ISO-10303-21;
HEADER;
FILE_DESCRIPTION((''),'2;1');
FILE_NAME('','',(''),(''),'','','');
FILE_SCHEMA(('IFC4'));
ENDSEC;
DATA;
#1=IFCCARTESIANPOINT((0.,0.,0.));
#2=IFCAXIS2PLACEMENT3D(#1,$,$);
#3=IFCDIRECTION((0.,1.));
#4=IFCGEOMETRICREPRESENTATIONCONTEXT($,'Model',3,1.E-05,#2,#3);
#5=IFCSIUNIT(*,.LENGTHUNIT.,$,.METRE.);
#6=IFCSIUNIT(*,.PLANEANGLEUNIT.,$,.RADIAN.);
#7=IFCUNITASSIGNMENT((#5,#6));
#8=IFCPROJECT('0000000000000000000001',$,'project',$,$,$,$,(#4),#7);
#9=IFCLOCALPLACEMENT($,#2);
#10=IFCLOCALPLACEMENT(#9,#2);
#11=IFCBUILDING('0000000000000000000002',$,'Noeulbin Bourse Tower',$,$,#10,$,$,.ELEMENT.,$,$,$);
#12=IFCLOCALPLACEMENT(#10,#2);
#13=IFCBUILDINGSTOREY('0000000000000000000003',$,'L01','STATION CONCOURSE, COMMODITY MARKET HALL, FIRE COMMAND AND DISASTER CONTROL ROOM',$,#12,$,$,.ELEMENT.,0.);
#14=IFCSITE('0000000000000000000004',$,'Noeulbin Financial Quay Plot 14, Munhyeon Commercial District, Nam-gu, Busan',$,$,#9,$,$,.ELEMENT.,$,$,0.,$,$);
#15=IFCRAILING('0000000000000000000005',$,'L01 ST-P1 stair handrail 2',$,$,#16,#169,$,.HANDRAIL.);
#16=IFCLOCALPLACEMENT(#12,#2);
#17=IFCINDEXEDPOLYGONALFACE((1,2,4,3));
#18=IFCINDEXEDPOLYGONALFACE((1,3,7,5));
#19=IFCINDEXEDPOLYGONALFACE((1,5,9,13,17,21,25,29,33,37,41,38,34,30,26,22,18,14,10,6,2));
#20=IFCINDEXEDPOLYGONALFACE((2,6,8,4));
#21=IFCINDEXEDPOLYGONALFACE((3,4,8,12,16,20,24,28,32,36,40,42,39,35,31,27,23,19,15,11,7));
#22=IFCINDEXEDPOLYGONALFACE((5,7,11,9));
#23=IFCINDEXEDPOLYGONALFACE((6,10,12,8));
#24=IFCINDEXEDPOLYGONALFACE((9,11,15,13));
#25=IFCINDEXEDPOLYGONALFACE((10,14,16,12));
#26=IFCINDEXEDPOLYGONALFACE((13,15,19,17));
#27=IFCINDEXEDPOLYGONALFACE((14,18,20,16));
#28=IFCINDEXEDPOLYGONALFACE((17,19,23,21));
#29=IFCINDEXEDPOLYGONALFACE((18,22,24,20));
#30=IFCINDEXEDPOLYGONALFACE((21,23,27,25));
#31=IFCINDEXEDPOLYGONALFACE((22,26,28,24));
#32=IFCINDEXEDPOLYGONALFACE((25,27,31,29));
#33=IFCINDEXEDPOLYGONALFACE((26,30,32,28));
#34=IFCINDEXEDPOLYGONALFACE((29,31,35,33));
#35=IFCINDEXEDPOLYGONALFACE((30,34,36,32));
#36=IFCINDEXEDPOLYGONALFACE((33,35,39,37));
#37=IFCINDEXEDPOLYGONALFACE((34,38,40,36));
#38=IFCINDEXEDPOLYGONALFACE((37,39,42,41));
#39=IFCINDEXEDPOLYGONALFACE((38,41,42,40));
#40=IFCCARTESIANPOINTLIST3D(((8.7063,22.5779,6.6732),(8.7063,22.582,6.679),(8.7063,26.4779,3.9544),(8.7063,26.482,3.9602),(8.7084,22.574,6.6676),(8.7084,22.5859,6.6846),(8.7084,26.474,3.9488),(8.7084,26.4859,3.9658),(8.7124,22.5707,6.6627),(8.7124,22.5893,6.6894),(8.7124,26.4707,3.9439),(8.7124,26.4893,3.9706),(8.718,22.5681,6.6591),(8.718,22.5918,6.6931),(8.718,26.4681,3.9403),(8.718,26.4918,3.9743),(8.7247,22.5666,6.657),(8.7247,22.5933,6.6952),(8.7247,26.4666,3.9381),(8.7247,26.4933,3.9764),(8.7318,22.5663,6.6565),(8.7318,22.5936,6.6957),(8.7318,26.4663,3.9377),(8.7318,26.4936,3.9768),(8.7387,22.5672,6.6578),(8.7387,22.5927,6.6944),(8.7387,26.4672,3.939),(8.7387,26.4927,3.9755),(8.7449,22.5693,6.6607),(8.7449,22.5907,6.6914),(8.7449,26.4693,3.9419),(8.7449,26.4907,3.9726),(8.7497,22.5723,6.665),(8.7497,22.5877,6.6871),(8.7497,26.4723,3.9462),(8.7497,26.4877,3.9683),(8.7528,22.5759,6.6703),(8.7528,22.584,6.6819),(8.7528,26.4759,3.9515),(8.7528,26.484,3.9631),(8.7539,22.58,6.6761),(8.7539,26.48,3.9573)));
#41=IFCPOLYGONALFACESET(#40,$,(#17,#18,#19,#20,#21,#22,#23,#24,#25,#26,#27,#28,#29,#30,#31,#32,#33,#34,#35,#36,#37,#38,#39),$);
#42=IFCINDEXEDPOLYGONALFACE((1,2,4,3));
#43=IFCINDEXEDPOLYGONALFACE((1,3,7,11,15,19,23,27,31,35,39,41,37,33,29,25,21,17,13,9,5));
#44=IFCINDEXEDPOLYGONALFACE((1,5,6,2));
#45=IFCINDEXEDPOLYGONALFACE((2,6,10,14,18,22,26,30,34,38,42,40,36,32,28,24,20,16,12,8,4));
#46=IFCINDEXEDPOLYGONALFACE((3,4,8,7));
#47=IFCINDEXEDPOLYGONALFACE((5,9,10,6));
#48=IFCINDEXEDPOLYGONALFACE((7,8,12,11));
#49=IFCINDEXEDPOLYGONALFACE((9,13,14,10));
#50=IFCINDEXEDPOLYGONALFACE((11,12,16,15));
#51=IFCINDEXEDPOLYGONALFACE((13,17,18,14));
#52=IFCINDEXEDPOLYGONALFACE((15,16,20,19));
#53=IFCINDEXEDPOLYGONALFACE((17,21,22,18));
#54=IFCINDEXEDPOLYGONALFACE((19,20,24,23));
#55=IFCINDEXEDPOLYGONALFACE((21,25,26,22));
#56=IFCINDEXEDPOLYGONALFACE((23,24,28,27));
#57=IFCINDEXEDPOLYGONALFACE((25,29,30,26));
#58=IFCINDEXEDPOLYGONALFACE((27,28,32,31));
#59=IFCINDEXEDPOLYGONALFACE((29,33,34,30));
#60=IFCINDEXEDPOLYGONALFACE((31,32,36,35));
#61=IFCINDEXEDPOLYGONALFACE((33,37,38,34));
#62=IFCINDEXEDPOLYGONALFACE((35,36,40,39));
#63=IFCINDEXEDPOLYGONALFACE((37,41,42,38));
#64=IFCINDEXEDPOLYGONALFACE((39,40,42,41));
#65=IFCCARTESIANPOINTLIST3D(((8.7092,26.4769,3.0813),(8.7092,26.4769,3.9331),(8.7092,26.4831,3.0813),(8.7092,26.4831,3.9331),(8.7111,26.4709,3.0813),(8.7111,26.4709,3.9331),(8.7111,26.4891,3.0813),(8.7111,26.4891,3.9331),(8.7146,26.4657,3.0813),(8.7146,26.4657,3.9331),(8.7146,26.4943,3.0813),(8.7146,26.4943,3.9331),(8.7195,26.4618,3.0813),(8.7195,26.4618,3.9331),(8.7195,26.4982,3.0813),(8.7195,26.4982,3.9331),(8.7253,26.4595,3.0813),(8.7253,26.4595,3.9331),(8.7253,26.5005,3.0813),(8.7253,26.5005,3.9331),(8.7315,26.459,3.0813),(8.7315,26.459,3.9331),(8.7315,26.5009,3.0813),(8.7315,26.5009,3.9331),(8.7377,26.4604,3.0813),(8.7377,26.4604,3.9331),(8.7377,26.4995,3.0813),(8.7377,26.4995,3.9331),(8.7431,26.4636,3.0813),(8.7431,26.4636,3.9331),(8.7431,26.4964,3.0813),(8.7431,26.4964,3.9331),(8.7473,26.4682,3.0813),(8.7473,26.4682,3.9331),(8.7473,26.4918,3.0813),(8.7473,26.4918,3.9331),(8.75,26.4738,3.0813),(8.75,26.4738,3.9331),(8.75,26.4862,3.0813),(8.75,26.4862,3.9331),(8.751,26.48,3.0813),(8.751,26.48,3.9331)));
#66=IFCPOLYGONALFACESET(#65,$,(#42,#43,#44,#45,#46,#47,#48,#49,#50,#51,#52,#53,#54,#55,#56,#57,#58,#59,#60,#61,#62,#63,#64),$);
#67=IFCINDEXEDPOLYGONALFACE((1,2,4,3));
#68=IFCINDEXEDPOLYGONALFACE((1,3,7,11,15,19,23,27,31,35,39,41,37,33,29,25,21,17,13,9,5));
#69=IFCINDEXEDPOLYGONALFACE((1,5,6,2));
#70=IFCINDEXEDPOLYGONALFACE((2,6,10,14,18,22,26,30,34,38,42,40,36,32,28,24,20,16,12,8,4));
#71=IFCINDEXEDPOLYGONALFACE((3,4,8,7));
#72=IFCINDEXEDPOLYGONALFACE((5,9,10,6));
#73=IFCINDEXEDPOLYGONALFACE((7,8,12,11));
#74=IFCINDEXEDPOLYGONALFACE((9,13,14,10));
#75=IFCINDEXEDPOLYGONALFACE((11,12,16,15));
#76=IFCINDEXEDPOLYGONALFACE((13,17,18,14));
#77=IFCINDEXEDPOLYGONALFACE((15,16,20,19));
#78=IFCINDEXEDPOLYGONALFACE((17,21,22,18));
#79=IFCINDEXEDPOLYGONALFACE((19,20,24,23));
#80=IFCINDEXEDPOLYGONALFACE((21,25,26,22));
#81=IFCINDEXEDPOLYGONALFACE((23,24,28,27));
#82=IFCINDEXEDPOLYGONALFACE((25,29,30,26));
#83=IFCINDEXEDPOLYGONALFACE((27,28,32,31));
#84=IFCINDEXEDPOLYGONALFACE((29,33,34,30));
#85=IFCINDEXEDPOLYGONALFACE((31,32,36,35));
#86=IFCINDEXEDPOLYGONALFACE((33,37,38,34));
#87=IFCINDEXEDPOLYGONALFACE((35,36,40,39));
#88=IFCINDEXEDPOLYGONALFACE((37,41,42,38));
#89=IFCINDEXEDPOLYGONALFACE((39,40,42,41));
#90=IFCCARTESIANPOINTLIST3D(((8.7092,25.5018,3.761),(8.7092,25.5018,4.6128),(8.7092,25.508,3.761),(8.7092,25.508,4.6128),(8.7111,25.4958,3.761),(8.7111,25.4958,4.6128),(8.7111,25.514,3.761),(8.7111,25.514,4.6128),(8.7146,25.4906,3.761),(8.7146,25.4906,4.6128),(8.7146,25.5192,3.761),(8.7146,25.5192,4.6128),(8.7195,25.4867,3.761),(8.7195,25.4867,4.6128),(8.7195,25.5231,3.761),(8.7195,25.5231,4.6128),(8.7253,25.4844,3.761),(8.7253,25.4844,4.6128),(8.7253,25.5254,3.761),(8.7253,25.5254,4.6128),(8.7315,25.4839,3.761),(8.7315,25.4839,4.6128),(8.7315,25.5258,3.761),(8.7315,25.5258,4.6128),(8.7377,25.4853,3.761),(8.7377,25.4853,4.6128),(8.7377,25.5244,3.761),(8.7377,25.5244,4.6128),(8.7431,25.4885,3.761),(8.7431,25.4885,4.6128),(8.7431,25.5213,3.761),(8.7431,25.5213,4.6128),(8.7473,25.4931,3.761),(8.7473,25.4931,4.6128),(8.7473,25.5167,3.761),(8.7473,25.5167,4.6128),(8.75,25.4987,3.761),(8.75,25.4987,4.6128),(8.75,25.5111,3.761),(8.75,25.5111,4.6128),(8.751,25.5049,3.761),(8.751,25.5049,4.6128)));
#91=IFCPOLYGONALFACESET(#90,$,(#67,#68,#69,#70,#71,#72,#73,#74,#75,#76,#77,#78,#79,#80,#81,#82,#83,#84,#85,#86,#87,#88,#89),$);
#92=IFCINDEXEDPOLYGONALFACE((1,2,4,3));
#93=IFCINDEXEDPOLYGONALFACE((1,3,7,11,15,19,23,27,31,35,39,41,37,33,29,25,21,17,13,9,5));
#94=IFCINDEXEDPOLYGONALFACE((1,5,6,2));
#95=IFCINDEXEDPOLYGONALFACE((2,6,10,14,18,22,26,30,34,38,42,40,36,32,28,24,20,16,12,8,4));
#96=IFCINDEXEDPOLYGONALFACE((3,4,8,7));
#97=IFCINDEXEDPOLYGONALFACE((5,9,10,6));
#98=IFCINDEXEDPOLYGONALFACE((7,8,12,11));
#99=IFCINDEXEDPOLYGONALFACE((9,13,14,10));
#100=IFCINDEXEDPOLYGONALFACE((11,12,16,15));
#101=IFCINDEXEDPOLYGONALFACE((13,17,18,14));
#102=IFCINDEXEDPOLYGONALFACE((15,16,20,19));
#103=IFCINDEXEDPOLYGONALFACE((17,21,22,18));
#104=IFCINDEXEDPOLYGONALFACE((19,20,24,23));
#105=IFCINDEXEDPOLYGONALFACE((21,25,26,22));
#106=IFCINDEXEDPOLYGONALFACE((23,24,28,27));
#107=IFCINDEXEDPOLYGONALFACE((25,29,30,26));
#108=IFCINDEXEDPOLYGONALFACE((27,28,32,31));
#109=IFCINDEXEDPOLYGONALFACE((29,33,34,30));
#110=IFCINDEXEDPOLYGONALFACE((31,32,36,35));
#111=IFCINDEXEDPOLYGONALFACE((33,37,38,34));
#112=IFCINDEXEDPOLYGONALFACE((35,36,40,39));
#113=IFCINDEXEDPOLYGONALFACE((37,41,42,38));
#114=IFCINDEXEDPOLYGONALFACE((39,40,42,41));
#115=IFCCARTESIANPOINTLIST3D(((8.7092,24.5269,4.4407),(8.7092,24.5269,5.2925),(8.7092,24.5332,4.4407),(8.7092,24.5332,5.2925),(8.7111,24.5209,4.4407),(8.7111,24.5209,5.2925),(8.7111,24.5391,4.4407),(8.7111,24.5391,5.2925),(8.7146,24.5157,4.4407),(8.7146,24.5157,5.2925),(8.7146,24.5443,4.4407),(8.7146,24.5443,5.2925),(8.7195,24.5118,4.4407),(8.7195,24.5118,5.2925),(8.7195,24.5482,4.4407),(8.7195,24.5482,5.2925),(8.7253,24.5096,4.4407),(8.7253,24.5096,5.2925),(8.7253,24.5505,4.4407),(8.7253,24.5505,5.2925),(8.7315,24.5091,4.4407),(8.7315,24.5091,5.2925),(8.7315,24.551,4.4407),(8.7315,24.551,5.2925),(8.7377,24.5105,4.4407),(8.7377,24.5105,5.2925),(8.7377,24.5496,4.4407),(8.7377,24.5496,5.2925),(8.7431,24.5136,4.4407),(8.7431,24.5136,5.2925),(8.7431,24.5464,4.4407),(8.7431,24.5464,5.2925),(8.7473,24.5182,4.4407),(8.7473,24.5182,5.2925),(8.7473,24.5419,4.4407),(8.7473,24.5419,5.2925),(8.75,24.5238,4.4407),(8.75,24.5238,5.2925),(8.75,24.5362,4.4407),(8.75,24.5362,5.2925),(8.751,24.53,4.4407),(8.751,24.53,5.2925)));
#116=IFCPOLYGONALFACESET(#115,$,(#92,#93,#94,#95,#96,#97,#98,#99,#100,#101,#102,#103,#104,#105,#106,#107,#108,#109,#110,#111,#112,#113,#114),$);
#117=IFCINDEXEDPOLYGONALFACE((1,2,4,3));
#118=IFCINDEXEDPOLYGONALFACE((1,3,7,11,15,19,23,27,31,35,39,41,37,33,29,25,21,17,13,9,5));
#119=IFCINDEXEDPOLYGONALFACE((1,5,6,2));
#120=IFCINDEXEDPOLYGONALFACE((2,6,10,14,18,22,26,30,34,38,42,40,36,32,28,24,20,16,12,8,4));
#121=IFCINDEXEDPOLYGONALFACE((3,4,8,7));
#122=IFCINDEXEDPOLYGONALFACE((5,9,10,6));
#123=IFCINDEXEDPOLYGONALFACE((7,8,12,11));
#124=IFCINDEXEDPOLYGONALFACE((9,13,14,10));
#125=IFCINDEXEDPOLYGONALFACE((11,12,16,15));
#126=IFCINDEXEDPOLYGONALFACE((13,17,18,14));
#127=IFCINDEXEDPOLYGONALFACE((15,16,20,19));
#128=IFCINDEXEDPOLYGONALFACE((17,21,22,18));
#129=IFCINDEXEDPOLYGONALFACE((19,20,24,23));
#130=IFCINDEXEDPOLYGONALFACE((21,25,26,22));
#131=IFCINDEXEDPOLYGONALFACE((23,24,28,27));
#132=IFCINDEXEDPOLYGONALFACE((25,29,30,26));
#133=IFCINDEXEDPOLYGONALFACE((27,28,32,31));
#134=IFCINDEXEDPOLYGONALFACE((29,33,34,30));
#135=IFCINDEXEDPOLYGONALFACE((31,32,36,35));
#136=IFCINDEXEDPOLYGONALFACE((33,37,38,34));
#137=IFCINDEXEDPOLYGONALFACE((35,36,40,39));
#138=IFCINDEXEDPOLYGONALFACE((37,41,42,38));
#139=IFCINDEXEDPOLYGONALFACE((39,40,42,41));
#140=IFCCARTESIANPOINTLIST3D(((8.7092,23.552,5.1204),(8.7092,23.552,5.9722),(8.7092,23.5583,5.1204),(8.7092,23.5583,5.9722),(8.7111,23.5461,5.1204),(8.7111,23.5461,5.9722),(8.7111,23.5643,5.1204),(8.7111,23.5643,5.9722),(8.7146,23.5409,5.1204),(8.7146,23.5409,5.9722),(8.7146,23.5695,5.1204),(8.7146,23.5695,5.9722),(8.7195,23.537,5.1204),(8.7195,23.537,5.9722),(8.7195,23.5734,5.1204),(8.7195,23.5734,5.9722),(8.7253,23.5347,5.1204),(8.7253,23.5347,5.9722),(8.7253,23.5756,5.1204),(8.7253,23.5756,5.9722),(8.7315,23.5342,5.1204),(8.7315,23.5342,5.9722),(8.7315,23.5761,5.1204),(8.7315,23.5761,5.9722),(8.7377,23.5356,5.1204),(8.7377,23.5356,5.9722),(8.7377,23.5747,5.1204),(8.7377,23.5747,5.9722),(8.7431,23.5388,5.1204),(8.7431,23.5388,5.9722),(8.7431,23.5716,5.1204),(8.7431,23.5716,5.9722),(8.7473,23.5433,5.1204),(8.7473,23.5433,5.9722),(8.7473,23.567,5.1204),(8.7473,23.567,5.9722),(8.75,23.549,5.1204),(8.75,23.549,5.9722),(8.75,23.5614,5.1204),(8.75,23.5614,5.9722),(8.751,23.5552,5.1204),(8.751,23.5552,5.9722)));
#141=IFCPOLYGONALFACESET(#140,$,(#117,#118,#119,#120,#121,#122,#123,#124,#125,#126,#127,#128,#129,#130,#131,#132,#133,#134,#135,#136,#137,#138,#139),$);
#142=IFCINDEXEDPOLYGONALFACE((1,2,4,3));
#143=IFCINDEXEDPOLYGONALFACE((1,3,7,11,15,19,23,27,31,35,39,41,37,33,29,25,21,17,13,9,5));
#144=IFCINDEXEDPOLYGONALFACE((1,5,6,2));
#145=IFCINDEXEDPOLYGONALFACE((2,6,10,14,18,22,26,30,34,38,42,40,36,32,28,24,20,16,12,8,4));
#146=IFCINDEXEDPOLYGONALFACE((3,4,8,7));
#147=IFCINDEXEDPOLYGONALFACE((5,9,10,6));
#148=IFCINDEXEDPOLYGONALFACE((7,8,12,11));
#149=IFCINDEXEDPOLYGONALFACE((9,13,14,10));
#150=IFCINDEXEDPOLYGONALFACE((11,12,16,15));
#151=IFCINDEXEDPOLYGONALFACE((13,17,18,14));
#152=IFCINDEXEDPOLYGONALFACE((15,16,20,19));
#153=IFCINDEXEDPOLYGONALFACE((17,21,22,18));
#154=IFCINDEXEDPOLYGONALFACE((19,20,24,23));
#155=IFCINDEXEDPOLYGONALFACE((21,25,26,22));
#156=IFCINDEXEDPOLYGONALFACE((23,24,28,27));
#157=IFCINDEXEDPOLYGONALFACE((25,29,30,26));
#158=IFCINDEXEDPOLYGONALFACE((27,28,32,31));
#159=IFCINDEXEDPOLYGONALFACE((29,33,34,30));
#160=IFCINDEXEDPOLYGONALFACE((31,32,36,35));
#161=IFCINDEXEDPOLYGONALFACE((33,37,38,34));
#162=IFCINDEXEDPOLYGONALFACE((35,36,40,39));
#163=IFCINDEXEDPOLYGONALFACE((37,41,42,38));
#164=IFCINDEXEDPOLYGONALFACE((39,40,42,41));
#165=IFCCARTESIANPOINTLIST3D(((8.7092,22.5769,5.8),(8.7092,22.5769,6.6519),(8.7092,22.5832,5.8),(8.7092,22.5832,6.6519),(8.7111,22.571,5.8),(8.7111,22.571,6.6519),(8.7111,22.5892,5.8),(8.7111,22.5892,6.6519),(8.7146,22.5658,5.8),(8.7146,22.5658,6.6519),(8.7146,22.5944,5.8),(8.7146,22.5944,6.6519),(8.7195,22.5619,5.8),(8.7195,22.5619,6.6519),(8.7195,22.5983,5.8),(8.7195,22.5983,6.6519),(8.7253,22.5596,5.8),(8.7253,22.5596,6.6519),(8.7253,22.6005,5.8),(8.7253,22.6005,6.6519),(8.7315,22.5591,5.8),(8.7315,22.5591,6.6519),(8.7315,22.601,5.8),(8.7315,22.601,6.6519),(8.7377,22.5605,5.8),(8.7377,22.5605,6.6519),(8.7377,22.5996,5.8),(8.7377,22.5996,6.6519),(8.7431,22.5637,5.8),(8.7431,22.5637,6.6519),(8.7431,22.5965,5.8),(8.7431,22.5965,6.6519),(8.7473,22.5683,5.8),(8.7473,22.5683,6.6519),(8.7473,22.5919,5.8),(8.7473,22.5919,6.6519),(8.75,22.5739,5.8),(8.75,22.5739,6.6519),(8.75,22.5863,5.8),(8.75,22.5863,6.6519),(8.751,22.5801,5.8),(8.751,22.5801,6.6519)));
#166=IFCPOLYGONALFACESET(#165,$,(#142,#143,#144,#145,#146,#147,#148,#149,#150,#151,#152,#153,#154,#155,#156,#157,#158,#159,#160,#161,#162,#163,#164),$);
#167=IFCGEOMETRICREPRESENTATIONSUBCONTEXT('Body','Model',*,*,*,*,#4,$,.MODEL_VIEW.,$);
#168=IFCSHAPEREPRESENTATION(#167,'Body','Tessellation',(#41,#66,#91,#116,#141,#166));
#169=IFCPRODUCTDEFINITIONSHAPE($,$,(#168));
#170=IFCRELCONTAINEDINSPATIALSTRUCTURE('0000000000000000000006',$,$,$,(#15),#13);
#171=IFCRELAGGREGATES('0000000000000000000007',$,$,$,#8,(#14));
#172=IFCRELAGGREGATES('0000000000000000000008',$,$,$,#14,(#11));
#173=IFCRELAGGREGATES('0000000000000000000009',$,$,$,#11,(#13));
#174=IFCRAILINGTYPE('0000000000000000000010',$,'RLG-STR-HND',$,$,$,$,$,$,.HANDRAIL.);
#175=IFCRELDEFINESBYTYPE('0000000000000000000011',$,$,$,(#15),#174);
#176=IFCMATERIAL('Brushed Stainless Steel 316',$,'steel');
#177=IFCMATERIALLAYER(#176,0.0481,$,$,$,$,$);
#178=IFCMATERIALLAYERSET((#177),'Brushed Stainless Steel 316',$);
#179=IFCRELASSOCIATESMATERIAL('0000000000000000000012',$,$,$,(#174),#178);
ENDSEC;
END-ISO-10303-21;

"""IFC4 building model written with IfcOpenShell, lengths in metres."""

from ifc_helpers import new_model, si_unit, direction, frame, origin, origin_2d, place, context, subcontext, project, spatial, circle, extrude, material, layer, layer_set, type_object, element, save


model = new_model("IFC4")

# Units and contexts
model_context = context("Model", 3, precision=1e-05, world=origin(), true_north=direction((0.0, 1.0)))
body_context = subcontext(model_context, "Body", "Model", "MODEL_VIEW")
ifc_project = project(units=[si_unit("LENGTHUNIT", "METRE"), si_unit("PLANEANGLEUNIT", "RADIAN")], contexts=[model_context])

# Site, building, storey
site_placement = place(None, origin())
site = spatial("IfcSite", under=ifc_project, at=site_placement, Name="Noeulbin Financial Quay Plot 14, Munhyeon Commercial District, Nam-gu, Busan", CompositionType="ELEMENT", RefElevation=0.0)
building_placement = place(site_placement, origin())
building = spatial("IfcBuilding", under=site, at=building_placement, Name="Noeulbin Bourse Tower", CompositionType="ELEMENT")
storey_placement = place(building_placement, origin())
storey = spatial("IfcBuildingStorey", under=building, at=storey_placement, Name="L01", Description="STATION CONCOURSE, COMMODITY MARKET HALL, FIRE COMMAND AND DISASTER CONTROL ROOM", CompositionType="ELEMENT", Elevation=0.0)

# Railing
ifc_material_1 = material(Name="Brushed Stainless Steel 316", Category="steel")
ifc_layer_1 = layer(ifc_material_1, 0.0481)
ifc_layer_set_1 = layer_set([ifc_layer_1], Name="Brushed Stainless Steel 316")
railing_type_1 = type_object("IfcRailingType", Name="RLG-STR-HND", PredefinedType="HANDRAIL", material=ifc_layer_set_1)
railing_1_placement = place(storey_placement, frame((8.73, 26.48, 3.0813)))
element("IfcRailing", 1, at=railing_1_placement, inside=storey, type_object=railing_type_1, Name="L01 ST-P1 stair handrail 2", PredefinedType="HANDRAIL", context=body_context, shape_type="SweptSolid", body=[
    extrude(circle(Radius=0.0239, at=origin_2d()), frame((0.0, 0.0, 0.876), z_axis=(0.0, -0.820335, 0.571883), x_axis=(1.0, 0.0, 0.0)), (0.0, 0.0, 1.0), 4.7542),
    extrude(circle(Radius=0.021, at=origin_2d()), origin(), (0.0, 0.0, 1.0), 0.8518),
    extrude(circle(Radius=0.021, at=origin_2d()), frame((0.0, -0.9751, 0.6797)), (0.0, 0.0, 1.0), 0.8518),
    extrude(circle(Radius=0.021, at=origin_2d()), frame((0.0, -1.95, 1.3594)), (0.0, 0.0, 1.0), 0.8518),
    extrude(circle(Radius=0.021, at=origin_2d()), frame((0.0, -2.9248, 2.0391)), (0.0, 0.0, 1.0), 0.8518),
    extrude(circle(Radius=0.021, at=origin_2d()), frame((0.0, -3.8999, 2.7188)), (0.0, 0.0, 1.0), 0.8518),
])

save(model, "model.ifc")
